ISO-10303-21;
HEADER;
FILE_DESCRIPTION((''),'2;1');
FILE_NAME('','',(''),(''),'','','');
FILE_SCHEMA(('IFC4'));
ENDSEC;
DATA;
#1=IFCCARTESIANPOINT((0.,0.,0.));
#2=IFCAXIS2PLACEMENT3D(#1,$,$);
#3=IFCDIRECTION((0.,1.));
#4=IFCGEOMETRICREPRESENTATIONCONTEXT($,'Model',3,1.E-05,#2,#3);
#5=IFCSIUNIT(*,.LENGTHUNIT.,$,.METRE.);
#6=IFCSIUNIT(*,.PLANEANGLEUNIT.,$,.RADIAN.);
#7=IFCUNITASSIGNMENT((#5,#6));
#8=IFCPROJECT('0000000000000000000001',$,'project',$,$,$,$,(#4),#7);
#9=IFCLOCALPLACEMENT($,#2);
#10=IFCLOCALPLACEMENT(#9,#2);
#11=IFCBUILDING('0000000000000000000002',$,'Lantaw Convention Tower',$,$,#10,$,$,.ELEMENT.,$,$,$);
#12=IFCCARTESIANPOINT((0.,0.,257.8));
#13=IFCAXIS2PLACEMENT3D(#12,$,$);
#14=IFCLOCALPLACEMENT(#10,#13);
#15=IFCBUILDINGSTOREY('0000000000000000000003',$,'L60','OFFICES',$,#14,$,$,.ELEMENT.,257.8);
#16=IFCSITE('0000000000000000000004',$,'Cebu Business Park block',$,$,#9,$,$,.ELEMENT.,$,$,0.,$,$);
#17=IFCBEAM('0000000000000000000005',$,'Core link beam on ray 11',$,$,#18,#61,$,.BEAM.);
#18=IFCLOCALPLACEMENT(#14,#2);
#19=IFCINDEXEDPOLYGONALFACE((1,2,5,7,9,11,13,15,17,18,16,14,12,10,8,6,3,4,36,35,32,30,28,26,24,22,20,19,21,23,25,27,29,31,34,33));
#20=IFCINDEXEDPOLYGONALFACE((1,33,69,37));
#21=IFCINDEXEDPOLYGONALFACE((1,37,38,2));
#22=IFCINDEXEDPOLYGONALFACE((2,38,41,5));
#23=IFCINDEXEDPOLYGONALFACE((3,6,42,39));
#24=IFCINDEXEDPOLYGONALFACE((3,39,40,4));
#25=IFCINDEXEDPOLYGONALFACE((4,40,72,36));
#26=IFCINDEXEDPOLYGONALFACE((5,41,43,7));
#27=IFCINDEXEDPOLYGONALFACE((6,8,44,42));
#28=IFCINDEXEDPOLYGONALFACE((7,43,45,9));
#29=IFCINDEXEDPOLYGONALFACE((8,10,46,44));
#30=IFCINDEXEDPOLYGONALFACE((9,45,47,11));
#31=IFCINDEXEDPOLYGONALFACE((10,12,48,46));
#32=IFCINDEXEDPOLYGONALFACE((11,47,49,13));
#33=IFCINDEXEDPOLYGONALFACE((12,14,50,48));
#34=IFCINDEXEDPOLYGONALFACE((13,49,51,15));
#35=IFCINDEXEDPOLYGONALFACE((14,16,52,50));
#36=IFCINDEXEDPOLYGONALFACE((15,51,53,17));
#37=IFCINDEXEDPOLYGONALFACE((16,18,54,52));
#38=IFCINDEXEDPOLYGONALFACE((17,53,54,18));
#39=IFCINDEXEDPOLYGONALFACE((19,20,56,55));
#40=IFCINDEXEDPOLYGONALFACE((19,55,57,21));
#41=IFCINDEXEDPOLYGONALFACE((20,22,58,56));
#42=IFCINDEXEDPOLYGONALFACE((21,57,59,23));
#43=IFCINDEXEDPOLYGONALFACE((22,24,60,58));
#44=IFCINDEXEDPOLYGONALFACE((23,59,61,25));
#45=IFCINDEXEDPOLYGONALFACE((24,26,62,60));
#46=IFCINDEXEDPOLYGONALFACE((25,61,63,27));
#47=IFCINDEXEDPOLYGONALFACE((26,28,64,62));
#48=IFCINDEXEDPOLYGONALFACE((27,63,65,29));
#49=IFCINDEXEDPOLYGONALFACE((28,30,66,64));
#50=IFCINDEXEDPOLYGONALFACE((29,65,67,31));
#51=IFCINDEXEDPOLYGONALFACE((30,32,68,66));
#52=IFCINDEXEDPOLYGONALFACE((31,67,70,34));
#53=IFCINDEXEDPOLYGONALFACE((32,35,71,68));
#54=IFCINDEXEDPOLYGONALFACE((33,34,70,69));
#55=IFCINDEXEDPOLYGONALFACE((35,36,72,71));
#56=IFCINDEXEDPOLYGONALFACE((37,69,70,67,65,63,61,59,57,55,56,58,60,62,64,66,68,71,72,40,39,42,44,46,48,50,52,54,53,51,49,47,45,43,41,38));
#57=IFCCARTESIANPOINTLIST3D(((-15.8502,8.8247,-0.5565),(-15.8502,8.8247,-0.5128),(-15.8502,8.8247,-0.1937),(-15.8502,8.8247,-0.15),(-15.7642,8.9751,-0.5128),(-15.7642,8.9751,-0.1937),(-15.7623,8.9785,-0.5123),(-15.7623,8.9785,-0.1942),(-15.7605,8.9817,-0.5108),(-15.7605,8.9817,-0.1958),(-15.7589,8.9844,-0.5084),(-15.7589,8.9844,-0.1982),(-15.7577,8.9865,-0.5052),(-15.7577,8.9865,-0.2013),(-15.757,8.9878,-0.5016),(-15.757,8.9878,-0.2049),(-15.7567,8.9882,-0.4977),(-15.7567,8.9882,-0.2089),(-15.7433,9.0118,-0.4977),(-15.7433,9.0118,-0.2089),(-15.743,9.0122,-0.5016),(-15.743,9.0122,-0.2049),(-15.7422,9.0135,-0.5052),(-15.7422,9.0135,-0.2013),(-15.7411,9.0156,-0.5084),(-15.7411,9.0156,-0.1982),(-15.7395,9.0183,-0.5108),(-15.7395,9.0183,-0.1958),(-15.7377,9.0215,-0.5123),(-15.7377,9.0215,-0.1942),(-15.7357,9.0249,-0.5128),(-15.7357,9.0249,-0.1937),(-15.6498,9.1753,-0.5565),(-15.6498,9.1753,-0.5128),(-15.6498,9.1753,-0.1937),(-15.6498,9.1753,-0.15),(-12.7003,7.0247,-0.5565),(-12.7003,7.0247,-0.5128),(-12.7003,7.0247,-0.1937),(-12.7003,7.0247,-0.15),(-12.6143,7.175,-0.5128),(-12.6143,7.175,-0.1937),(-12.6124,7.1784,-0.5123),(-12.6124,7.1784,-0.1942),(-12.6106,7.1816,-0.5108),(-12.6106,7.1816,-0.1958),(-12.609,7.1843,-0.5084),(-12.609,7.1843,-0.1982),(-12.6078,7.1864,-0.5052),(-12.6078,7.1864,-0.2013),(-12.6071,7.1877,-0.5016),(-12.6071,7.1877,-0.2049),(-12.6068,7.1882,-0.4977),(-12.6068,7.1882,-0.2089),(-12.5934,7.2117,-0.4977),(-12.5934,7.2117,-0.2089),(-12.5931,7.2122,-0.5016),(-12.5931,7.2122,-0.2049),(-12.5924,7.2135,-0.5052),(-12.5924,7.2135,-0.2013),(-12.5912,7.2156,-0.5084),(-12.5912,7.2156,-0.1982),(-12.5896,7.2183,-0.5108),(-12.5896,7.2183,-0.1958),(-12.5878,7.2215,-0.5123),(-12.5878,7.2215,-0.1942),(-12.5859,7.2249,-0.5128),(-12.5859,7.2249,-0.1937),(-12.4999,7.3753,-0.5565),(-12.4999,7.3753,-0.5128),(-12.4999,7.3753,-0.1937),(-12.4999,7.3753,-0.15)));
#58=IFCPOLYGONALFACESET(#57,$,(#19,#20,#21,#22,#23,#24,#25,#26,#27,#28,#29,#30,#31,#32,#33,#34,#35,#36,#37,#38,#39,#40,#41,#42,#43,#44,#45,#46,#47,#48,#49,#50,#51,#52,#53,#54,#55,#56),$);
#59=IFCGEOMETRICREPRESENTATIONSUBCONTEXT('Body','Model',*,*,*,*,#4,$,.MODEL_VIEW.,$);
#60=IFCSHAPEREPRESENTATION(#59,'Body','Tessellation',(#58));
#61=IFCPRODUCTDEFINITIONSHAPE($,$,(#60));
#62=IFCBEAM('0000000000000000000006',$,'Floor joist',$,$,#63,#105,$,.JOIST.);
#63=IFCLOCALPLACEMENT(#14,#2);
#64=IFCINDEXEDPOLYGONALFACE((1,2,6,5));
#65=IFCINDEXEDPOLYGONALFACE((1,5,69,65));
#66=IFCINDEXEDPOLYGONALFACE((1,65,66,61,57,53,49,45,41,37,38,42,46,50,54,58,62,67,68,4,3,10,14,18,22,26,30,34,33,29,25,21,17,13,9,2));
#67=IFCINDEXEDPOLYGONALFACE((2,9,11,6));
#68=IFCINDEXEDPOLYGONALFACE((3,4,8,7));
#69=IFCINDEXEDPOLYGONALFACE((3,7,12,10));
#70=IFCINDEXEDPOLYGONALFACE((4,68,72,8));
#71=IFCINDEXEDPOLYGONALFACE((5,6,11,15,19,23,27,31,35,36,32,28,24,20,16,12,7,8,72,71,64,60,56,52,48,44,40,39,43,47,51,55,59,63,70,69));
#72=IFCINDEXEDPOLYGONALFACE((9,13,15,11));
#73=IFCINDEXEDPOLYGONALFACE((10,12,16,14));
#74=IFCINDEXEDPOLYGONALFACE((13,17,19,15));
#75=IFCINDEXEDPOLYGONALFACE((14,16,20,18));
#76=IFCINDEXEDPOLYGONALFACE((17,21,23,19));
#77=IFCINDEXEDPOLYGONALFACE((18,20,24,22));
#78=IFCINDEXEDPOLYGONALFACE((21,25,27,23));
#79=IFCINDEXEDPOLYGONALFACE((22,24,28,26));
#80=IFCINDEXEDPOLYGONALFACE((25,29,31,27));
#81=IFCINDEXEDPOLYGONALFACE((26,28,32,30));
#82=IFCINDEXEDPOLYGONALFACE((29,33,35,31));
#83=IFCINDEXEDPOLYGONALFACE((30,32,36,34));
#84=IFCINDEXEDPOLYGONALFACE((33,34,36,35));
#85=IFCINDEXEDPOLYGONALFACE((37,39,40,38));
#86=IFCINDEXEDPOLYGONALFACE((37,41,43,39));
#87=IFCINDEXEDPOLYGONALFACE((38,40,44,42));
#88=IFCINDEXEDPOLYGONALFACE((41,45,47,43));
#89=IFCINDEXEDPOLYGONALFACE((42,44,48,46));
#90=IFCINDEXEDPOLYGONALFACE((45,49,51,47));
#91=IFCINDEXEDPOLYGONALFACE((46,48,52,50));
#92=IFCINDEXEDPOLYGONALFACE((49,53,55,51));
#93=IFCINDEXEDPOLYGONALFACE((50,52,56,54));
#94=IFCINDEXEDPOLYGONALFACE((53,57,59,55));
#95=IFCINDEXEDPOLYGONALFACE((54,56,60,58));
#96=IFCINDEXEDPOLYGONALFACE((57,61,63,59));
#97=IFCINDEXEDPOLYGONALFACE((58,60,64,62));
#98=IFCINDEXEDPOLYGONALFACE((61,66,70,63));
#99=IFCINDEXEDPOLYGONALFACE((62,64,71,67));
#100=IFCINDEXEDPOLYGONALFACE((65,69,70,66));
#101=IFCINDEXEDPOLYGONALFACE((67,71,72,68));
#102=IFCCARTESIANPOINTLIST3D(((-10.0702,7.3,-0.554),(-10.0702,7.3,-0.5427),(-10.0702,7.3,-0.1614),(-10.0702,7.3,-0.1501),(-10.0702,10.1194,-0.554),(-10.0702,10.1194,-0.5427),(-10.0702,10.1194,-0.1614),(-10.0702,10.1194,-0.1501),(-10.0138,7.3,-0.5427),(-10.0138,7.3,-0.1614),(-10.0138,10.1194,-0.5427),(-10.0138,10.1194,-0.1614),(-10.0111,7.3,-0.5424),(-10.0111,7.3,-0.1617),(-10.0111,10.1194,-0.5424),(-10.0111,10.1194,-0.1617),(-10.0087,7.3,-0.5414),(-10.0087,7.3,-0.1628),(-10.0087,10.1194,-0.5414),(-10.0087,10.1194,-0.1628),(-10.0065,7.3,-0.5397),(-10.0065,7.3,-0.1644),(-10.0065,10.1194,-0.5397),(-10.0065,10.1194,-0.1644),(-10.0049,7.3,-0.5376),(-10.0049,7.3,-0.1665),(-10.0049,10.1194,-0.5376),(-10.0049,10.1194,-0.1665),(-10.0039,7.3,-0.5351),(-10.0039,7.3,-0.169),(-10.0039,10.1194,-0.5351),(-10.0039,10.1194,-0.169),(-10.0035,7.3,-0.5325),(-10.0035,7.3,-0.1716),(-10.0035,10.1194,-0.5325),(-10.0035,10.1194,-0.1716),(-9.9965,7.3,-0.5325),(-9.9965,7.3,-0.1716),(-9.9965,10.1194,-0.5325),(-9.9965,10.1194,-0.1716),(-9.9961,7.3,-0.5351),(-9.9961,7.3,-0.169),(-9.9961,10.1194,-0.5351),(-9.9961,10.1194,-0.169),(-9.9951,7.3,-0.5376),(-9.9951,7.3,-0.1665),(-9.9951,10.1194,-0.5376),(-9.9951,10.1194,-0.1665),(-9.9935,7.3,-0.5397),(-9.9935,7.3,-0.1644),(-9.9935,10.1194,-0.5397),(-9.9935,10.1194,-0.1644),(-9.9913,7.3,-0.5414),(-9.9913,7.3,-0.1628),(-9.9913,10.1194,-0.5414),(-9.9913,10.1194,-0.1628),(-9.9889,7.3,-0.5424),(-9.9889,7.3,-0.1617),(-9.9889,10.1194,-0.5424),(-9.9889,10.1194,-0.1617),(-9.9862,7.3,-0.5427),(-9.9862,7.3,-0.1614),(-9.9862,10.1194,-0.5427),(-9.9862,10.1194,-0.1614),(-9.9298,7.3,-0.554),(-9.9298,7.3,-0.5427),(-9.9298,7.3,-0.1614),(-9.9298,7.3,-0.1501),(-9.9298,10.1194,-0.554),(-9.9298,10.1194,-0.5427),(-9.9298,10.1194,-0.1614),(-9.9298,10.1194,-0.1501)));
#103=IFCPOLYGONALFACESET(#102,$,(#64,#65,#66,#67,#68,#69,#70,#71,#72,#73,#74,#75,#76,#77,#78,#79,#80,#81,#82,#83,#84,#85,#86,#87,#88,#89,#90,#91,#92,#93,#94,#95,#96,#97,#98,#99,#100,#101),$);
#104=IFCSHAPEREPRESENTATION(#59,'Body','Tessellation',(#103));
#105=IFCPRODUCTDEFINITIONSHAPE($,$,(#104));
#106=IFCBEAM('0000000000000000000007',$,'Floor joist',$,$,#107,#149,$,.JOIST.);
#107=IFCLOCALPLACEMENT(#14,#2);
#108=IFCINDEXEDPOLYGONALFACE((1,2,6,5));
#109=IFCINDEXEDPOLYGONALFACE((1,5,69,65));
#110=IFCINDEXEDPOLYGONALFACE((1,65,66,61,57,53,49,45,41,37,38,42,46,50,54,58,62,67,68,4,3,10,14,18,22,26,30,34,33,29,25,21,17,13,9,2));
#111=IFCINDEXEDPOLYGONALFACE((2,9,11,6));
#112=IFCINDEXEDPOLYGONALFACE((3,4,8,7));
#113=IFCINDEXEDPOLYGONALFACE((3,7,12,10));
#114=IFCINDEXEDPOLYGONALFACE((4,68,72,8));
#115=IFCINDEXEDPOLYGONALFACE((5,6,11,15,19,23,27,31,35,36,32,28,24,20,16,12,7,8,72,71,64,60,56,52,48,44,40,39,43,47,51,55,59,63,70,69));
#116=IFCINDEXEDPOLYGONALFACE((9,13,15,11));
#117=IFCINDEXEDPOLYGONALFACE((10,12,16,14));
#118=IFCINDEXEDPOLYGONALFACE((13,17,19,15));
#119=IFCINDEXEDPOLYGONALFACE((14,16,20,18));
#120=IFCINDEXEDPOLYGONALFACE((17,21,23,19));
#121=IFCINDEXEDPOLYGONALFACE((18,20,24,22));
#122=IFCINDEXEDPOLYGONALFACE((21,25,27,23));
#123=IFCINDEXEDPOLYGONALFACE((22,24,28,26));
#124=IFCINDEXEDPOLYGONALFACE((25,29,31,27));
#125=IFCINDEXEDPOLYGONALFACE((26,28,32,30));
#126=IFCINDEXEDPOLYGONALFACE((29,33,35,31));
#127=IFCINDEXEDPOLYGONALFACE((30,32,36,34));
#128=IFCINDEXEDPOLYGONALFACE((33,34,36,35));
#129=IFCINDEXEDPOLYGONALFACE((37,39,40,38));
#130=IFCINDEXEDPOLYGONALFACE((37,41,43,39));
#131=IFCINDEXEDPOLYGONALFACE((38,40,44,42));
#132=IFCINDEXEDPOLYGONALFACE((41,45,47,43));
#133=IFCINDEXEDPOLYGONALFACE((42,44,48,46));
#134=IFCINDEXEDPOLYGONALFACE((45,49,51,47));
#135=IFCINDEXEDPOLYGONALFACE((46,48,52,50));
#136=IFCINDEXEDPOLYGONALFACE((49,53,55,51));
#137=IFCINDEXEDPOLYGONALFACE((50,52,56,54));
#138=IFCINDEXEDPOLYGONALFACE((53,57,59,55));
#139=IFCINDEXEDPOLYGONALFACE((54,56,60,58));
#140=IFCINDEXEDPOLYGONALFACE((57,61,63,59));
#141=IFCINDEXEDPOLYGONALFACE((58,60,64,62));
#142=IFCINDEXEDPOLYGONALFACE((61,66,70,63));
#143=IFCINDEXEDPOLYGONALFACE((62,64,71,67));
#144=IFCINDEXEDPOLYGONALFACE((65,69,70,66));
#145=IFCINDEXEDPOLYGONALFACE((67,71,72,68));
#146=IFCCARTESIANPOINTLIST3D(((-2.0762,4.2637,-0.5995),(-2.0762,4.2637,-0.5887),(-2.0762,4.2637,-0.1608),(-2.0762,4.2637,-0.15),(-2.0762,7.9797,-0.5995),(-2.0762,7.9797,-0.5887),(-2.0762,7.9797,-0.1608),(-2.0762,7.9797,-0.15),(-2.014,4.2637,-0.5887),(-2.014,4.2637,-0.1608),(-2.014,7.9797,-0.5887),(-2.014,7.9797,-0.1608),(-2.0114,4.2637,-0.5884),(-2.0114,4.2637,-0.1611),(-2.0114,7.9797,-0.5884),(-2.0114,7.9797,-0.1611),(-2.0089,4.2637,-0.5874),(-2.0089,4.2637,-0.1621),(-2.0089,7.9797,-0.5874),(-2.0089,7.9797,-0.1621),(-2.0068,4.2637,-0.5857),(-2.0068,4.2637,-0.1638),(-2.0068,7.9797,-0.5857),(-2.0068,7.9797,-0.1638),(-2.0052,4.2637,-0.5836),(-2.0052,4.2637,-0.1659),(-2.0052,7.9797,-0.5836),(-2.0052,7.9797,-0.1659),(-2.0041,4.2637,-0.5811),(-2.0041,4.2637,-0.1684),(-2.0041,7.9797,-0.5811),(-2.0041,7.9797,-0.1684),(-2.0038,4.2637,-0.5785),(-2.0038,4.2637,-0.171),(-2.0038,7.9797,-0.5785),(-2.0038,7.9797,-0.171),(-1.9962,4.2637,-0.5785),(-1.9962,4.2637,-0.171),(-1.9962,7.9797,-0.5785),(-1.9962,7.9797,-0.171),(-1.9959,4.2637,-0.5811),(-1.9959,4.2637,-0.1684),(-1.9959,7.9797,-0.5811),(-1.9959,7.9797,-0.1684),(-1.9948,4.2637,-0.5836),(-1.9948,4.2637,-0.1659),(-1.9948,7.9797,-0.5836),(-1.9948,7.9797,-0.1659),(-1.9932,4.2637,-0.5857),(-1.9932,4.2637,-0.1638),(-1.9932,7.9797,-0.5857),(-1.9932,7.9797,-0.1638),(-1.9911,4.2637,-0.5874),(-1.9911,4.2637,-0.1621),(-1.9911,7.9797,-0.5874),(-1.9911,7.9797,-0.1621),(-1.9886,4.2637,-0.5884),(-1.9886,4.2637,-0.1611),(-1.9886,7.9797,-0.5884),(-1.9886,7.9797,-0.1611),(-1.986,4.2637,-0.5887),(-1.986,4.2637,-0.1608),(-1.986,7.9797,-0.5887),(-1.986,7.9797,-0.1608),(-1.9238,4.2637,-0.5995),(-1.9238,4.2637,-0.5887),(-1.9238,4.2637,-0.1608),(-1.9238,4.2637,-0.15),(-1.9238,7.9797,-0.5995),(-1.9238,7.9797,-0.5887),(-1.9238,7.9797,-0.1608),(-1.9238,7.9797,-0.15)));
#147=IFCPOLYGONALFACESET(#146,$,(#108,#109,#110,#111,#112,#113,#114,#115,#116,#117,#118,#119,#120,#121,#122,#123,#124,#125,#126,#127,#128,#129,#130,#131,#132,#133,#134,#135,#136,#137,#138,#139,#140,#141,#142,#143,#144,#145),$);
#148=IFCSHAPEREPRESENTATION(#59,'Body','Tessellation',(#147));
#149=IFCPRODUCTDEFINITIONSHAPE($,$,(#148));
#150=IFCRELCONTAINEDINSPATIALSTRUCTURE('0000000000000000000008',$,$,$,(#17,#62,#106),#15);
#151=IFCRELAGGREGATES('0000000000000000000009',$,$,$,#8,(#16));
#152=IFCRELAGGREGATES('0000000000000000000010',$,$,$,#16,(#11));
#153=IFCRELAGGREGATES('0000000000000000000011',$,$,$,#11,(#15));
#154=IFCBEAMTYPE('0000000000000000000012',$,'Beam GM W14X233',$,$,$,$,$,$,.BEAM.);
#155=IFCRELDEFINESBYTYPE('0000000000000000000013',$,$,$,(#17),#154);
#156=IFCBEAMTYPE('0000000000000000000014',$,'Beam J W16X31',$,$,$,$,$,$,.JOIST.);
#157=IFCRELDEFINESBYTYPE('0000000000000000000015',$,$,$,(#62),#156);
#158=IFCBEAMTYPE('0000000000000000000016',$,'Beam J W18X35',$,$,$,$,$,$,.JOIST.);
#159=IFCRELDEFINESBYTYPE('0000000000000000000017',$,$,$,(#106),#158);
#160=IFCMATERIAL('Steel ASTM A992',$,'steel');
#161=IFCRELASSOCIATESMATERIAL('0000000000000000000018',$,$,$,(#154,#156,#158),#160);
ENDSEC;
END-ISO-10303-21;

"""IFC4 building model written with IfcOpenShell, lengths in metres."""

from ifc_helpers import new_model, si_unit, direction, frame, origin, origin_2d, place, context, subcontext, project, spatial, i_section, extrude, material, material_profile, profile_set, type_object, element, save


model = new_model("IFC4")

# Units and contexts
model_context = context("Model", 3, precision=1e-05, world=origin(), true_north=direction((0.0, 1.0)))
body_context = subcontext(model_context, "Body", "Model", "MODEL_VIEW")
ifc_project = project(units=[si_unit("LENGTHUNIT", "METRE"), si_unit("PLANEANGLEUNIT", "RADIAN")], contexts=[model_context])

# Site, building, storey
site_placement = place(None, origin())
site = spatial("IfcSite", under=ifc_project, at=site_placement, Name="Cebu Business Park block", CompositionType="ELEMENT", RefElevation=0.0)
building_placement = place(site_placement, origin())
building = spatial("IfcBuilding", under=site, at=building_placement, Name="Lantaw Convention Tower", CompositionType="ELEMENT")
storey_placement = place(building_placement, frame((0.0, 0.0, 257.8)))
storey = spatial("IfcBuildingStorey", under=building, at=storey_placement, Name="L60", Description="OFFICES", CompositionType="ELEMENT", Elevation=257.8)

# Beams
ifc_material_1 = material(Name="Steel ASTM A992", Category="steel")
ifc_material_profile_1 = material_profile(ifc_material_1, i_section(OverallWidth=0.4038, OverallDepth=0.4065, WebThickness=0.0271, FlangeThickness=0.0437, FilletRadius=0.0151, at=origin_2d()), Name="W14X233")
ifc_profile_set_1 = profile_set([ifc_material_profile_1], Name="Steel ASTM A992")
beam_type_1 = type_object("IfcBeamType", Name="Beam GM W14X233", PredefinedType="BEAM", material=ifc_profile_set_1)
beam_1_placement = place(storey_placement, frame((-12.6001, 7.2, -0.3533), z_axis=(-0.868231, 0.496161, 0.0), x_axis=(-0.496161, -0.868231, 0.0)))
element("IfcBeam", 1, at=beam_1_placement, inside=storey, type_object=beam_type_1, Name="Core link beam on ray 11", PredefinedType="BEAM", context=body_context, shape_type="SweptSolid", body=[
    extrude(i_section(OverallWidth=0.4038, OverallDepth=0.4065, WebThickness=0.0271, FlangeThickness=0.0437, FilletRadius=0.0151, at=origin_2d()), origin(), (0.0, 0.0, 1.0), 3.6279),
])
ifc_material_profile_2 = material_profile(ifc_material_1, i_section(OverallWidth=0.1404, OverallDepth=0.4038, WebThickness=0.0071, FlangeThickness=0.0112, FilletRadius=0.0103, at=origin_2d()), Name="W16X31")
ifc_profile_set_2 = profile_set([ifc_material_profile_2], Name="Steel ASTM A992")
beam_type_2 = type_object("IfcBeamType", Name="Beam J W16X31", PredefinedType="JOIST", material=ifc_profile_set_2)
beam_2_placement = place(storey_placement, frame((-10.0, 7.3, -0.3521), z_axis=(0.0, 1.0, 0.0), x_axis=(-1.0, 0.0, 0.0)))
element("IfcBeam", 2, at=beam_2_placement, inside=storey, type_object=beam_type_2, Name="Floor joist", PredefinedType="JOIST", context=body_context, shape_type="SweptSolid", body=[
    extrude(i_section(OverallWidth=0.1404, OverallDepth=0.4038, WebThickness=0.0071, FlangeThickness=0.0112, FilletRadius=0.0103, at=origin_2d()), origin(), (0.0, 0.0, 1.0), 2.8193),
])
ifc_material_profile_3 = material_profile(ifc_material_1, i_section(OverallWidth=0.1523, OverallDepth=0.4495, WebThickness=0.0076, FlangeThickness=0.0107, FilletRadius=0.0103, at=origin_2d()), Name="W18X35")
ifc_profile_set_3 = profile_set([ifc_material_profile_3], Name="Steel ASTM A992")
beam_type_3 = type_object("IfcBeamType", Name="Beam J W18X35", PredefinedType="JOIST", material=ifc_profile_set_3)
beam_3_placement = place(storey_placement, frame((-2.0, 4.2637, -0.3748), z_axis=(0.0, 1.0, 0.0), x_axis=(-1.0, 0.0, 0.0)))
element("IfcBeam", 3, at=beam_3_placement, inside=storey, type_object=beam_type_3, Name="Floor joist", PredefinedType="JOIST", context=body_context, shape_type="SweptSolid", body=[
    extrude(i_section(OverallWidth=0.1523, OverallDepth=0.4495, WebThickness=0.0076, FlangeThickness=0.0107, FilletRadius=0.0103, at=origin_2d()), origin(), (0.0, 0.0, 1.0), 3.7161),
])

save(model, "model.ifc")
